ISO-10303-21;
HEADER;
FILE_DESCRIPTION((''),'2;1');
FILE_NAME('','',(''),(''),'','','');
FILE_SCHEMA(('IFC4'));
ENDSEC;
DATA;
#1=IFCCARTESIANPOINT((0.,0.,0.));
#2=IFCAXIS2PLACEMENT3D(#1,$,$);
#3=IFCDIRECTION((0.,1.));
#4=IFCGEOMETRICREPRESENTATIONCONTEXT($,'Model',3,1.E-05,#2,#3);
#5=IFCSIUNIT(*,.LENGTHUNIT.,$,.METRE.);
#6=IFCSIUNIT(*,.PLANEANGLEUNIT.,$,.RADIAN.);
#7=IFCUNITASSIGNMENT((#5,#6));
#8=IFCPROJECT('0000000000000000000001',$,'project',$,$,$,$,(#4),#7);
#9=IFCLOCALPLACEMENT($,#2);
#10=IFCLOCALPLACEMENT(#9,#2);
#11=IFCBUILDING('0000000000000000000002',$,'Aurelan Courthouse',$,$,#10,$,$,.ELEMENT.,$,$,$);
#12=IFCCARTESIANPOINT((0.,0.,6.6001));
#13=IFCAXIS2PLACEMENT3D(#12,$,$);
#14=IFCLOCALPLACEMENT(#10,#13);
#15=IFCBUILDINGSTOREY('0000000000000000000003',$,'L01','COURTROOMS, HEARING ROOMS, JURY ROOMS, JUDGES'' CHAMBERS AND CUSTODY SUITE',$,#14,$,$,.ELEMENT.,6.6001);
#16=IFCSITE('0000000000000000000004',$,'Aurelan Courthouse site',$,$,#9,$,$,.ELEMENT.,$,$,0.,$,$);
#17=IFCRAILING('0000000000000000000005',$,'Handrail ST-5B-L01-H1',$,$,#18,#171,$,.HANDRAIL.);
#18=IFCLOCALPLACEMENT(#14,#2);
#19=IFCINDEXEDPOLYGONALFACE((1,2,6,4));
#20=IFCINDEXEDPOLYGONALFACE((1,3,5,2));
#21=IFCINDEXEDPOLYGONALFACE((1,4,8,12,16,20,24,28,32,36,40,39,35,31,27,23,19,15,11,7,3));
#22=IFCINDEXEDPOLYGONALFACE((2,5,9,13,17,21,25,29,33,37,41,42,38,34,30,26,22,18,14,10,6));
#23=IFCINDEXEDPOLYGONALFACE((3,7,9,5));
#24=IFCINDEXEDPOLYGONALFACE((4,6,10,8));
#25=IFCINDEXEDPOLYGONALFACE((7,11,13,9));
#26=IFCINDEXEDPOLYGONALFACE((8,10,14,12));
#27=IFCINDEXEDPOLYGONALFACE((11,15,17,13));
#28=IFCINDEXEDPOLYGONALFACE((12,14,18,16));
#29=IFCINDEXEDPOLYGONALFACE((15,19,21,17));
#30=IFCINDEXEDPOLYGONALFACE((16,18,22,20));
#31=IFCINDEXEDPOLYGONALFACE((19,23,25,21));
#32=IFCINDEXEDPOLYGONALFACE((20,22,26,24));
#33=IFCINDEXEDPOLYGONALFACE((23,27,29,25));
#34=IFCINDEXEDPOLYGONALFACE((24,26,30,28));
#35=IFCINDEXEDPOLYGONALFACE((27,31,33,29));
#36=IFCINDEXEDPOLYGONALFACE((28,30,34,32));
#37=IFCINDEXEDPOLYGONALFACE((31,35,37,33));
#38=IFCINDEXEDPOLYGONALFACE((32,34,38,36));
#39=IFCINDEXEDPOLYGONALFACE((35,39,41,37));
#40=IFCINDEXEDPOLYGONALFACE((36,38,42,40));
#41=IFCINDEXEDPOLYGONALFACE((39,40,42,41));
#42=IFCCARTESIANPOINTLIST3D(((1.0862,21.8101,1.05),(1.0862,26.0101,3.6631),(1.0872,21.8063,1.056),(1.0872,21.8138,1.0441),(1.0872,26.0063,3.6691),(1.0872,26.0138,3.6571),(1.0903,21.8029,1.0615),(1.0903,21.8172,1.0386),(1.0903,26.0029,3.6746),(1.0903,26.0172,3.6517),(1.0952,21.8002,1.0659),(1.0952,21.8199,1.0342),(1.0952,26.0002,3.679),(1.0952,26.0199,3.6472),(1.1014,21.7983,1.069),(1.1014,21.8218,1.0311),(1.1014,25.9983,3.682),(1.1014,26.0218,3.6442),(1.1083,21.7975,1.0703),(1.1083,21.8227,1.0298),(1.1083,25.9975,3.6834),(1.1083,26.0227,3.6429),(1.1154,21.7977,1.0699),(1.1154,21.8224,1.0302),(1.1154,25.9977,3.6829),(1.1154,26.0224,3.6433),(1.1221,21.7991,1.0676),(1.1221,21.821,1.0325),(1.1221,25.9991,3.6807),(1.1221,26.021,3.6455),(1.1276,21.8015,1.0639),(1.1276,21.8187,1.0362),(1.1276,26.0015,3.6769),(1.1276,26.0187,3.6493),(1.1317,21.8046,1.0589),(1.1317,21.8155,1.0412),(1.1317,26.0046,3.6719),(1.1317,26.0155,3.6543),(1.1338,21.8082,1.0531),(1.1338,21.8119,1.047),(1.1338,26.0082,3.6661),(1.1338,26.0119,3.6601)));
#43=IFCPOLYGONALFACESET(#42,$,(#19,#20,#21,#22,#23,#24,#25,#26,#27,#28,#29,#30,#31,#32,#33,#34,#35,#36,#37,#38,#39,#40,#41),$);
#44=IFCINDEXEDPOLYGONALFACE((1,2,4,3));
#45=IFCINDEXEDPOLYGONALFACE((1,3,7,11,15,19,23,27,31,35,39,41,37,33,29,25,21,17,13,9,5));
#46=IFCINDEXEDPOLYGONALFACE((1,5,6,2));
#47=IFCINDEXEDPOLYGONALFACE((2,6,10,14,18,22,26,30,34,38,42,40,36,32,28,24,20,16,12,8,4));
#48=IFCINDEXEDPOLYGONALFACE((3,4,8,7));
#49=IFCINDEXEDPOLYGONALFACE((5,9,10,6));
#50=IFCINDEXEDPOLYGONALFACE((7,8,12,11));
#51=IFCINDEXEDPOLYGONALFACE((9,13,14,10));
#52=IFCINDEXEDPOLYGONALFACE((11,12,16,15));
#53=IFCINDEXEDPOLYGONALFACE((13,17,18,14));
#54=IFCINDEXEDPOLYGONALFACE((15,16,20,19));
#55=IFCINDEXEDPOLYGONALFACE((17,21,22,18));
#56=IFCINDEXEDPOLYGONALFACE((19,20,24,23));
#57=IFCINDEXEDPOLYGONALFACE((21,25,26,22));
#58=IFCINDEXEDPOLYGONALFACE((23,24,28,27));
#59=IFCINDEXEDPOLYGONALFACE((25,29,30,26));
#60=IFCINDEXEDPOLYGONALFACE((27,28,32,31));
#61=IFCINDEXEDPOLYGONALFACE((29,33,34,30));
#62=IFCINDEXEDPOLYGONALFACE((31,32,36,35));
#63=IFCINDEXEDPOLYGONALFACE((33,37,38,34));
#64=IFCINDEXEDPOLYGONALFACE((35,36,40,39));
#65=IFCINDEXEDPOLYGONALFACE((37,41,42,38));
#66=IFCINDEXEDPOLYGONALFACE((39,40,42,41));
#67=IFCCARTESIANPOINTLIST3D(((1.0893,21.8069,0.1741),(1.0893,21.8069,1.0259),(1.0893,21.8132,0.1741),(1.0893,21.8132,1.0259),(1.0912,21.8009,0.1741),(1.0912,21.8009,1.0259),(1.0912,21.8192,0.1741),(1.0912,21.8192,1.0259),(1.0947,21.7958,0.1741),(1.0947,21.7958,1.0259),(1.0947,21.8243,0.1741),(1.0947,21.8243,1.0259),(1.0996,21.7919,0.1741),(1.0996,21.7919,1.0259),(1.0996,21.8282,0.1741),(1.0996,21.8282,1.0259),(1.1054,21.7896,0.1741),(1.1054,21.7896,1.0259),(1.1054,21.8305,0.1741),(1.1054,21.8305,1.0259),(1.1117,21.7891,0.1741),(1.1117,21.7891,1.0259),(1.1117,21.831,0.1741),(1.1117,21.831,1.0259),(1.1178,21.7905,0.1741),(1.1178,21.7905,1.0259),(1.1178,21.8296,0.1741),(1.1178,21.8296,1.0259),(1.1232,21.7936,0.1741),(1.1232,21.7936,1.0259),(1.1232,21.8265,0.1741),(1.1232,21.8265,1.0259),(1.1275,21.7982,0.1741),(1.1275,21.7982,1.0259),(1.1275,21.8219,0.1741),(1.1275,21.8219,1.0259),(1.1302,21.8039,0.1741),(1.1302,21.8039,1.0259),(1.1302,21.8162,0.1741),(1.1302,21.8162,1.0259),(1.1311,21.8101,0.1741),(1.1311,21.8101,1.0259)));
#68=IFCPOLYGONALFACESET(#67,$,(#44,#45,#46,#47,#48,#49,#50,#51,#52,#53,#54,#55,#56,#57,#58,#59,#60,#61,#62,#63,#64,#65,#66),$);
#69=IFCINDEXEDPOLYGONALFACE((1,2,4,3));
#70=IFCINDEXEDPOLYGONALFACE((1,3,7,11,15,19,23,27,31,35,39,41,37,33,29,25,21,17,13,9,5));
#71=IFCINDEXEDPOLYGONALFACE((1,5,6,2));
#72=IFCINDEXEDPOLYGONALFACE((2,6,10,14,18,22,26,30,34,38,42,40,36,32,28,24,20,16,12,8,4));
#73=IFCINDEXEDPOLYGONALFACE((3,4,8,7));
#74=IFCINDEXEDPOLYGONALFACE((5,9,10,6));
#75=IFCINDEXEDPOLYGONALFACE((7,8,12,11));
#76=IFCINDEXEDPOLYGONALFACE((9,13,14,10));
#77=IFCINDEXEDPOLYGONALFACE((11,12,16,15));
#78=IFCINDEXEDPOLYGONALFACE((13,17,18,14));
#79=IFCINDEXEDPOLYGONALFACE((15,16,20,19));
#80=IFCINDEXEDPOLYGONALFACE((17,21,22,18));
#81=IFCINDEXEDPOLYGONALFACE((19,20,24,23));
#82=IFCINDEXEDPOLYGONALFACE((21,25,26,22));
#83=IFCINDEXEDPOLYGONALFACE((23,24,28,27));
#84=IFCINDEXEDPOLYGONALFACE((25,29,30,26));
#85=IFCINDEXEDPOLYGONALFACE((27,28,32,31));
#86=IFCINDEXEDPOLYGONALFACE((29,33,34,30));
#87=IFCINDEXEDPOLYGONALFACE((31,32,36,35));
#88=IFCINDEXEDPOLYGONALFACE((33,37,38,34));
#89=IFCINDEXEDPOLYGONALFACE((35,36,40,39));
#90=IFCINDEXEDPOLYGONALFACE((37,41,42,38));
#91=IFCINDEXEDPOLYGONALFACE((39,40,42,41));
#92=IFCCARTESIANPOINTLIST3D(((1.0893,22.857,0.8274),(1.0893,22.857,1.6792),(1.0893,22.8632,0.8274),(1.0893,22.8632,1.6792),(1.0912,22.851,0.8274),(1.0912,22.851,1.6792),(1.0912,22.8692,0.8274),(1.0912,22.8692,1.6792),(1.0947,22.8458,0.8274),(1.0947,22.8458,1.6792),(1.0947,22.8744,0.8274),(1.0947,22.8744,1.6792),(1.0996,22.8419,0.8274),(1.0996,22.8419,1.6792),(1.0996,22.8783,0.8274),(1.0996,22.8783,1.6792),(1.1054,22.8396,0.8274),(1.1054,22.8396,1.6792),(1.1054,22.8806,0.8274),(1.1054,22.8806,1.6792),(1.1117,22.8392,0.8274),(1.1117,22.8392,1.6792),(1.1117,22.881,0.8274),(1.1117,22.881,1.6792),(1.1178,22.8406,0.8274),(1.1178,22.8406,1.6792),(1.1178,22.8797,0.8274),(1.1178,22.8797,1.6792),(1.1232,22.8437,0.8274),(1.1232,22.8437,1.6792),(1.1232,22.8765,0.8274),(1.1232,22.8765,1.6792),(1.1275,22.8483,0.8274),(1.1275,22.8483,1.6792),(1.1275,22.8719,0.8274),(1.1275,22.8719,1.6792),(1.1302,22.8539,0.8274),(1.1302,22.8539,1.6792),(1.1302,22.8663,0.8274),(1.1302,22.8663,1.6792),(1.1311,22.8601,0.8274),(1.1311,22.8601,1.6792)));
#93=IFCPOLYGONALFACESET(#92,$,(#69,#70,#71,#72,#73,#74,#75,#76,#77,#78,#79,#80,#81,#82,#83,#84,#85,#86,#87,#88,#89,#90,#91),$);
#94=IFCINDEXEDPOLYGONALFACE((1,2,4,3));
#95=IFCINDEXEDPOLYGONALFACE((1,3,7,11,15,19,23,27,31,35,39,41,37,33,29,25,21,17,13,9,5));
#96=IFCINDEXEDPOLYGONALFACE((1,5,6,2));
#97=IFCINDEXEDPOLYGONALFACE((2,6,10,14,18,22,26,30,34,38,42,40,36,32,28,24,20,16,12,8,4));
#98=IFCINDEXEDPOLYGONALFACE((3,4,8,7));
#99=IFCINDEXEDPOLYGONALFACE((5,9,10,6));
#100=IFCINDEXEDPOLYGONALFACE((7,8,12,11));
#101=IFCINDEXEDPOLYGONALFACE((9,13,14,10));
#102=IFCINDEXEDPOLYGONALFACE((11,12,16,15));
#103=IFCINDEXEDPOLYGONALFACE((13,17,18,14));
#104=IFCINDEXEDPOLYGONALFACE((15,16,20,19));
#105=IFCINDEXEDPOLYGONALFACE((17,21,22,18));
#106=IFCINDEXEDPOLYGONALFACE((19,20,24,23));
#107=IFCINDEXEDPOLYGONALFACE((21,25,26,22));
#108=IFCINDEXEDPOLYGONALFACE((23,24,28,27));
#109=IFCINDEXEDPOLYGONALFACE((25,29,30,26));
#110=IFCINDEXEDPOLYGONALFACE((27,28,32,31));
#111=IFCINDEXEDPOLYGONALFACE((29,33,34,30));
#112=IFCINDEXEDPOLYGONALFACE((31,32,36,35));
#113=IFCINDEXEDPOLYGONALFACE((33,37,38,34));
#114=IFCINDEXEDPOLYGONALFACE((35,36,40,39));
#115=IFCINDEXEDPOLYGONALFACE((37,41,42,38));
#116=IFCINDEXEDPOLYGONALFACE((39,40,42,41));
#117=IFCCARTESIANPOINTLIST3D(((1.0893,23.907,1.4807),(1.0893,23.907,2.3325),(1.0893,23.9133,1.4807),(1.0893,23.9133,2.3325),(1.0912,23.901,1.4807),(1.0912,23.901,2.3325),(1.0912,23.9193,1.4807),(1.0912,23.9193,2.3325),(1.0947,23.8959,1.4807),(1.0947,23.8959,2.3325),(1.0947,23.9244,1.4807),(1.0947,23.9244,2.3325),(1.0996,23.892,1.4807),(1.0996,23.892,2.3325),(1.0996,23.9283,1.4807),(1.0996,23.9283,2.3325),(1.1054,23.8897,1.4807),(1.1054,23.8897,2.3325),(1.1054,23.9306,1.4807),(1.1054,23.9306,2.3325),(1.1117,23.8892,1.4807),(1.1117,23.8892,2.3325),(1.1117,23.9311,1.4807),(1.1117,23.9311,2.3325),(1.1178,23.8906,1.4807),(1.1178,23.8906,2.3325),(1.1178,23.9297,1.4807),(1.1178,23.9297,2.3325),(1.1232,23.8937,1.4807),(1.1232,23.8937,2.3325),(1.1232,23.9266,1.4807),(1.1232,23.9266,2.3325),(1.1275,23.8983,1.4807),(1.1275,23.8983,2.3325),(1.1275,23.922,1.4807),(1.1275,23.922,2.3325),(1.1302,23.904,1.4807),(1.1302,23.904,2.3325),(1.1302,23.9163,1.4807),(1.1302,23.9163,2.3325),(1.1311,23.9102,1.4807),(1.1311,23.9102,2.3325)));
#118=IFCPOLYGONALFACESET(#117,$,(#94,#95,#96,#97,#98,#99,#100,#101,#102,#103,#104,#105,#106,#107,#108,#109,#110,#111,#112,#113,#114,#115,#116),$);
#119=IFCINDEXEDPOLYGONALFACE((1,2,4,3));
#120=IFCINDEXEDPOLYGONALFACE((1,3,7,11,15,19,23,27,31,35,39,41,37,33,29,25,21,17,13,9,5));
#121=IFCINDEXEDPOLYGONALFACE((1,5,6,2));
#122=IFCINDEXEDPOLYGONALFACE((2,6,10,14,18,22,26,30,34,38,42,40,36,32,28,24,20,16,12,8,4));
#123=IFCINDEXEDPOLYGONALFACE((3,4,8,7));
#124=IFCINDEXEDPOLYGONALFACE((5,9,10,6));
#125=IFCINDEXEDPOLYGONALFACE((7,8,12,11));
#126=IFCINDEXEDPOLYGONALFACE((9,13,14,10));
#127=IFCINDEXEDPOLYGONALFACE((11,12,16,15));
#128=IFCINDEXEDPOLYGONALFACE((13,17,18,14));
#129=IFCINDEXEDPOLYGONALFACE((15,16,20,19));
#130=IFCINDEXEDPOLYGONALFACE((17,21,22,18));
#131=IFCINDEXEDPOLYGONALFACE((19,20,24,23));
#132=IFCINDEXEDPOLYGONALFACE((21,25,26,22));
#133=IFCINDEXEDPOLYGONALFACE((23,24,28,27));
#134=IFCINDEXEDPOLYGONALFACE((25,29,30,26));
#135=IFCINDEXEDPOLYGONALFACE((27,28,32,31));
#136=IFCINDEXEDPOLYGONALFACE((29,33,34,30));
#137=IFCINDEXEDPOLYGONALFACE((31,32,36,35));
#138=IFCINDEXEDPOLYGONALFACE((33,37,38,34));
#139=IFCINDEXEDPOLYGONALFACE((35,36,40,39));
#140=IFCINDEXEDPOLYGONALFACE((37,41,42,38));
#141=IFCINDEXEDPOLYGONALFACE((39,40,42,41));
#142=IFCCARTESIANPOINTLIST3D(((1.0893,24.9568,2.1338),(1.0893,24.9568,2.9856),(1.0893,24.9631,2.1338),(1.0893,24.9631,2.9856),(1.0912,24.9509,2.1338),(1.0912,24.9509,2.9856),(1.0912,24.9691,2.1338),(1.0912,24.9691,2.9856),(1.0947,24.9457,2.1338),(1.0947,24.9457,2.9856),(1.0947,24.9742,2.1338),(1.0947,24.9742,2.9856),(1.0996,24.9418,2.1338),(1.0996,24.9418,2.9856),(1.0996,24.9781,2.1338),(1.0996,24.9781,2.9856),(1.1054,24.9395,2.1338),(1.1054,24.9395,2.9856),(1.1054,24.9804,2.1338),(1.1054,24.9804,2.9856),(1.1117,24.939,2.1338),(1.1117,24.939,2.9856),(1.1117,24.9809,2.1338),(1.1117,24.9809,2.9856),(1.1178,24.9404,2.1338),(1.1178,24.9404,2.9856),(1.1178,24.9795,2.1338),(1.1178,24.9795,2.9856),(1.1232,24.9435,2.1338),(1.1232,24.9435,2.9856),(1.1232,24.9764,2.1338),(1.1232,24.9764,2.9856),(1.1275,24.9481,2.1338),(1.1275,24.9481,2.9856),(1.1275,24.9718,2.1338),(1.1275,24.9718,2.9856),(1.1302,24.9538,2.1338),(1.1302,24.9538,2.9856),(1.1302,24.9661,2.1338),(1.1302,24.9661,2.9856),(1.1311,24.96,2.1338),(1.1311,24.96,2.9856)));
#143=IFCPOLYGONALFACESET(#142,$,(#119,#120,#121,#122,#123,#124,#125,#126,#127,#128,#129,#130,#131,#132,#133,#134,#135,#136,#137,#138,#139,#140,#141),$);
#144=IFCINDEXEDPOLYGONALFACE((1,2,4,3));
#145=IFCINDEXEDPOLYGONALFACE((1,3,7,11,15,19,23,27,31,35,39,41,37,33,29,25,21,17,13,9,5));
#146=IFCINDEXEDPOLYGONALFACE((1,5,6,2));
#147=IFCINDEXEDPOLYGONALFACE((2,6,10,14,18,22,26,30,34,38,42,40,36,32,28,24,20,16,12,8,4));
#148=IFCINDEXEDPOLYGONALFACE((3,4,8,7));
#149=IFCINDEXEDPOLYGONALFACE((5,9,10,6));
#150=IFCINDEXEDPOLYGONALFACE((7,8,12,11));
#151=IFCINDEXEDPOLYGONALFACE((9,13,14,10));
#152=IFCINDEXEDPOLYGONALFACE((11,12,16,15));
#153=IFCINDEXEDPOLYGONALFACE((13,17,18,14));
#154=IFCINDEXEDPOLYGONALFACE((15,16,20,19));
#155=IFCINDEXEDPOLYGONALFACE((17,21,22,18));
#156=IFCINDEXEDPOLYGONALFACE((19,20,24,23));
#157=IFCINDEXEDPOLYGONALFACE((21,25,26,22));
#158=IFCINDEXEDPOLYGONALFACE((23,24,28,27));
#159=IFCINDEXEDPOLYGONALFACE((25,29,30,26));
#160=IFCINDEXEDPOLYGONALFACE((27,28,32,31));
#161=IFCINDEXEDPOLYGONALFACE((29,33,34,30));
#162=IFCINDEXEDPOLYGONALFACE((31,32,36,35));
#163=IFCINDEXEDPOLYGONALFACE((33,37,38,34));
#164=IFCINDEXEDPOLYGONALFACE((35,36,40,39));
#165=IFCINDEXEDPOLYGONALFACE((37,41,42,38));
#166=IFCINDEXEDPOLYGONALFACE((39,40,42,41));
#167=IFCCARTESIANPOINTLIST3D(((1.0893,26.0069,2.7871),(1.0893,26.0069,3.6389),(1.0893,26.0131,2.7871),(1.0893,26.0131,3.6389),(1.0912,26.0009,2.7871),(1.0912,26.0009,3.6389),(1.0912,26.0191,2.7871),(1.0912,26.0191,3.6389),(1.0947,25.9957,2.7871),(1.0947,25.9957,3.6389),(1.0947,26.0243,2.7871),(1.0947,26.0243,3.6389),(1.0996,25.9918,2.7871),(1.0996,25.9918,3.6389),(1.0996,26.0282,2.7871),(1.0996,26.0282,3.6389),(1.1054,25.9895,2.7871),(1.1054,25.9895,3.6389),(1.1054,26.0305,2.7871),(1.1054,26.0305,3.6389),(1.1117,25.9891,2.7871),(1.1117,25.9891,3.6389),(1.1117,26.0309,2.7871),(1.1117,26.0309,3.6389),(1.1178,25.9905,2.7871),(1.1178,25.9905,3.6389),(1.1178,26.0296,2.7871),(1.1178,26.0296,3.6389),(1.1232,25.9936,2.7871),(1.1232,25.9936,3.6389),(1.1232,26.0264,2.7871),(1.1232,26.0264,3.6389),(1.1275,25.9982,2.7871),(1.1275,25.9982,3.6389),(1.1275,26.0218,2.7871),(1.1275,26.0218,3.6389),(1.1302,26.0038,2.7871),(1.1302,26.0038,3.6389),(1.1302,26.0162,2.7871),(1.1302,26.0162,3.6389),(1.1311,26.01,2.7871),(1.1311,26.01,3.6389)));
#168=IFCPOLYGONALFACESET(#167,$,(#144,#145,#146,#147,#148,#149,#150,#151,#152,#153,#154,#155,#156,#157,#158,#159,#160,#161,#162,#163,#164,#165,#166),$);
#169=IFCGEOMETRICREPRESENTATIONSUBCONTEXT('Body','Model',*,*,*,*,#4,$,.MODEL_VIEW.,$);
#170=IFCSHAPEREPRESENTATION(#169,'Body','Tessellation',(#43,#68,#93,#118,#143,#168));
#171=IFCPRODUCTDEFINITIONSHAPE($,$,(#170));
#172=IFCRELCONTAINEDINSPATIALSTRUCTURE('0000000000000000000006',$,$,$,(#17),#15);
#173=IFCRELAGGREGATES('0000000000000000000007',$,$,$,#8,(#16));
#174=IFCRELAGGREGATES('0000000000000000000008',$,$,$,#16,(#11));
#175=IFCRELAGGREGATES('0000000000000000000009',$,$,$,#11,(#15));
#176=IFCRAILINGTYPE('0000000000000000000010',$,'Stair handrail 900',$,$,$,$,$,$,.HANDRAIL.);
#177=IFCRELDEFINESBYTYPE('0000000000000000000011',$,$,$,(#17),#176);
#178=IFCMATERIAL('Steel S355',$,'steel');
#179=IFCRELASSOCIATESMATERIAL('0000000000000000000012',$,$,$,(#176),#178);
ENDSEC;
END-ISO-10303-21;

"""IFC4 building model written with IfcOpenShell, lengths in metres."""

from ifc_helpers import new_model, si_unit, direction, frame, origin, origin_2d, place, context, subcontext, project, spatial, circle, extrude, material, type_object, element, save


model = new_model("IFC4")

# Units and contexts
model_context = context("Model", 3, precision=1e-05, world=origin(), true_north=direction((0.0, 1.0)))
body_context = subcontext(model_context, "Body", "Model", "MODEL_VIEW")
ifc_project = project(units=[si_unit("LENGTHUNIT", "METRE"), si_unit("PLANEANGLEUNIT", "RADIAN")], contexts=[model_context])

# Site, building, storey
site_placement = place(None, origin())
site = spatial("IfcSite", under=ifc_project, at=site_placement, Name="Aurelan Courthouse site", CompositionType="ELEMENT", RefElevation=0.0)
building_placement = place(site_placement, origin())
building = spatial("IfcBuilding", under=site, at=building_placement, Name="Aurelan Courthouse", CompositionType="ELEMENT")
storey_placement = place(building_placement, frame((0.0, 0.0, 6.6001)))
storey = spatial("IfcBuildingStorey", under=building, at=storey_placement, Name="L01", Description="COURTROOMS, HEARING ROOMS, JURY ROOMS, JUDGES' CHAMBERS AND CUSTODY SUITE", CompositionType="ELEMENT", Elevation=6.6001)

# Railing
ifc_material_1 = material(Name="Steel S355", Category="steel")
railing_type_1 = type_object("IfcRailingType", Name="Stair handrail 900", PredefinedType="HANDRAIL", material=ifc_material_1)
for number, where, name in (
    (1, (1.1101, 21.8101, 0.1741), "Handrail ST-5B-L01-H1"),
):
    element("IfcRailing", number, at=place(storey_placement, frame(where)), inside=storey, type_object=railing_type_1, Name=name, PredefinedType="HANDRAIL", context=body_context, shape_type="SweptSolid", body=[
        extrude(circle(Radius=0.0239, at=origin_2d()), frame((0.0, 0.0, 0.876), z_axis=(0.0, 0.849081, 0.528263), x_axis=(-1.0, 0.0, 0.0)), (0.0, 0.0, 1.0), 4.9465),
        extrude(circle(Radius=0.021, at=origin_2d()), origin(), (0.0, 0.0, 1.0), 0.8518),
        extrude(circle(Radius=0.021, at=origin_2d()), frame((0.0, 1.05, 0.6533)), (0.0, 0.0, 1.0), 0.8518),
        extrude(circle(Radius=0.021, at=origin_2d()), frame((0.0, 2.1001, 1.3066)), (0.0, 0.0, 1.0), 0.8518),
        extrude(circle(Radius=0.021, at=origin_2d()), frame((0.0, 3.1499, 1.9597)), (0.0, 0.0, 1.0), 0.8518),
        extrude(circle(Radius=0.021, at=origin_2d()), frame((0.0, 4.2, 2.613)), (0.0, 0.0, 1.0), 0.8518),
    ])

save(model, "model.ifc")
